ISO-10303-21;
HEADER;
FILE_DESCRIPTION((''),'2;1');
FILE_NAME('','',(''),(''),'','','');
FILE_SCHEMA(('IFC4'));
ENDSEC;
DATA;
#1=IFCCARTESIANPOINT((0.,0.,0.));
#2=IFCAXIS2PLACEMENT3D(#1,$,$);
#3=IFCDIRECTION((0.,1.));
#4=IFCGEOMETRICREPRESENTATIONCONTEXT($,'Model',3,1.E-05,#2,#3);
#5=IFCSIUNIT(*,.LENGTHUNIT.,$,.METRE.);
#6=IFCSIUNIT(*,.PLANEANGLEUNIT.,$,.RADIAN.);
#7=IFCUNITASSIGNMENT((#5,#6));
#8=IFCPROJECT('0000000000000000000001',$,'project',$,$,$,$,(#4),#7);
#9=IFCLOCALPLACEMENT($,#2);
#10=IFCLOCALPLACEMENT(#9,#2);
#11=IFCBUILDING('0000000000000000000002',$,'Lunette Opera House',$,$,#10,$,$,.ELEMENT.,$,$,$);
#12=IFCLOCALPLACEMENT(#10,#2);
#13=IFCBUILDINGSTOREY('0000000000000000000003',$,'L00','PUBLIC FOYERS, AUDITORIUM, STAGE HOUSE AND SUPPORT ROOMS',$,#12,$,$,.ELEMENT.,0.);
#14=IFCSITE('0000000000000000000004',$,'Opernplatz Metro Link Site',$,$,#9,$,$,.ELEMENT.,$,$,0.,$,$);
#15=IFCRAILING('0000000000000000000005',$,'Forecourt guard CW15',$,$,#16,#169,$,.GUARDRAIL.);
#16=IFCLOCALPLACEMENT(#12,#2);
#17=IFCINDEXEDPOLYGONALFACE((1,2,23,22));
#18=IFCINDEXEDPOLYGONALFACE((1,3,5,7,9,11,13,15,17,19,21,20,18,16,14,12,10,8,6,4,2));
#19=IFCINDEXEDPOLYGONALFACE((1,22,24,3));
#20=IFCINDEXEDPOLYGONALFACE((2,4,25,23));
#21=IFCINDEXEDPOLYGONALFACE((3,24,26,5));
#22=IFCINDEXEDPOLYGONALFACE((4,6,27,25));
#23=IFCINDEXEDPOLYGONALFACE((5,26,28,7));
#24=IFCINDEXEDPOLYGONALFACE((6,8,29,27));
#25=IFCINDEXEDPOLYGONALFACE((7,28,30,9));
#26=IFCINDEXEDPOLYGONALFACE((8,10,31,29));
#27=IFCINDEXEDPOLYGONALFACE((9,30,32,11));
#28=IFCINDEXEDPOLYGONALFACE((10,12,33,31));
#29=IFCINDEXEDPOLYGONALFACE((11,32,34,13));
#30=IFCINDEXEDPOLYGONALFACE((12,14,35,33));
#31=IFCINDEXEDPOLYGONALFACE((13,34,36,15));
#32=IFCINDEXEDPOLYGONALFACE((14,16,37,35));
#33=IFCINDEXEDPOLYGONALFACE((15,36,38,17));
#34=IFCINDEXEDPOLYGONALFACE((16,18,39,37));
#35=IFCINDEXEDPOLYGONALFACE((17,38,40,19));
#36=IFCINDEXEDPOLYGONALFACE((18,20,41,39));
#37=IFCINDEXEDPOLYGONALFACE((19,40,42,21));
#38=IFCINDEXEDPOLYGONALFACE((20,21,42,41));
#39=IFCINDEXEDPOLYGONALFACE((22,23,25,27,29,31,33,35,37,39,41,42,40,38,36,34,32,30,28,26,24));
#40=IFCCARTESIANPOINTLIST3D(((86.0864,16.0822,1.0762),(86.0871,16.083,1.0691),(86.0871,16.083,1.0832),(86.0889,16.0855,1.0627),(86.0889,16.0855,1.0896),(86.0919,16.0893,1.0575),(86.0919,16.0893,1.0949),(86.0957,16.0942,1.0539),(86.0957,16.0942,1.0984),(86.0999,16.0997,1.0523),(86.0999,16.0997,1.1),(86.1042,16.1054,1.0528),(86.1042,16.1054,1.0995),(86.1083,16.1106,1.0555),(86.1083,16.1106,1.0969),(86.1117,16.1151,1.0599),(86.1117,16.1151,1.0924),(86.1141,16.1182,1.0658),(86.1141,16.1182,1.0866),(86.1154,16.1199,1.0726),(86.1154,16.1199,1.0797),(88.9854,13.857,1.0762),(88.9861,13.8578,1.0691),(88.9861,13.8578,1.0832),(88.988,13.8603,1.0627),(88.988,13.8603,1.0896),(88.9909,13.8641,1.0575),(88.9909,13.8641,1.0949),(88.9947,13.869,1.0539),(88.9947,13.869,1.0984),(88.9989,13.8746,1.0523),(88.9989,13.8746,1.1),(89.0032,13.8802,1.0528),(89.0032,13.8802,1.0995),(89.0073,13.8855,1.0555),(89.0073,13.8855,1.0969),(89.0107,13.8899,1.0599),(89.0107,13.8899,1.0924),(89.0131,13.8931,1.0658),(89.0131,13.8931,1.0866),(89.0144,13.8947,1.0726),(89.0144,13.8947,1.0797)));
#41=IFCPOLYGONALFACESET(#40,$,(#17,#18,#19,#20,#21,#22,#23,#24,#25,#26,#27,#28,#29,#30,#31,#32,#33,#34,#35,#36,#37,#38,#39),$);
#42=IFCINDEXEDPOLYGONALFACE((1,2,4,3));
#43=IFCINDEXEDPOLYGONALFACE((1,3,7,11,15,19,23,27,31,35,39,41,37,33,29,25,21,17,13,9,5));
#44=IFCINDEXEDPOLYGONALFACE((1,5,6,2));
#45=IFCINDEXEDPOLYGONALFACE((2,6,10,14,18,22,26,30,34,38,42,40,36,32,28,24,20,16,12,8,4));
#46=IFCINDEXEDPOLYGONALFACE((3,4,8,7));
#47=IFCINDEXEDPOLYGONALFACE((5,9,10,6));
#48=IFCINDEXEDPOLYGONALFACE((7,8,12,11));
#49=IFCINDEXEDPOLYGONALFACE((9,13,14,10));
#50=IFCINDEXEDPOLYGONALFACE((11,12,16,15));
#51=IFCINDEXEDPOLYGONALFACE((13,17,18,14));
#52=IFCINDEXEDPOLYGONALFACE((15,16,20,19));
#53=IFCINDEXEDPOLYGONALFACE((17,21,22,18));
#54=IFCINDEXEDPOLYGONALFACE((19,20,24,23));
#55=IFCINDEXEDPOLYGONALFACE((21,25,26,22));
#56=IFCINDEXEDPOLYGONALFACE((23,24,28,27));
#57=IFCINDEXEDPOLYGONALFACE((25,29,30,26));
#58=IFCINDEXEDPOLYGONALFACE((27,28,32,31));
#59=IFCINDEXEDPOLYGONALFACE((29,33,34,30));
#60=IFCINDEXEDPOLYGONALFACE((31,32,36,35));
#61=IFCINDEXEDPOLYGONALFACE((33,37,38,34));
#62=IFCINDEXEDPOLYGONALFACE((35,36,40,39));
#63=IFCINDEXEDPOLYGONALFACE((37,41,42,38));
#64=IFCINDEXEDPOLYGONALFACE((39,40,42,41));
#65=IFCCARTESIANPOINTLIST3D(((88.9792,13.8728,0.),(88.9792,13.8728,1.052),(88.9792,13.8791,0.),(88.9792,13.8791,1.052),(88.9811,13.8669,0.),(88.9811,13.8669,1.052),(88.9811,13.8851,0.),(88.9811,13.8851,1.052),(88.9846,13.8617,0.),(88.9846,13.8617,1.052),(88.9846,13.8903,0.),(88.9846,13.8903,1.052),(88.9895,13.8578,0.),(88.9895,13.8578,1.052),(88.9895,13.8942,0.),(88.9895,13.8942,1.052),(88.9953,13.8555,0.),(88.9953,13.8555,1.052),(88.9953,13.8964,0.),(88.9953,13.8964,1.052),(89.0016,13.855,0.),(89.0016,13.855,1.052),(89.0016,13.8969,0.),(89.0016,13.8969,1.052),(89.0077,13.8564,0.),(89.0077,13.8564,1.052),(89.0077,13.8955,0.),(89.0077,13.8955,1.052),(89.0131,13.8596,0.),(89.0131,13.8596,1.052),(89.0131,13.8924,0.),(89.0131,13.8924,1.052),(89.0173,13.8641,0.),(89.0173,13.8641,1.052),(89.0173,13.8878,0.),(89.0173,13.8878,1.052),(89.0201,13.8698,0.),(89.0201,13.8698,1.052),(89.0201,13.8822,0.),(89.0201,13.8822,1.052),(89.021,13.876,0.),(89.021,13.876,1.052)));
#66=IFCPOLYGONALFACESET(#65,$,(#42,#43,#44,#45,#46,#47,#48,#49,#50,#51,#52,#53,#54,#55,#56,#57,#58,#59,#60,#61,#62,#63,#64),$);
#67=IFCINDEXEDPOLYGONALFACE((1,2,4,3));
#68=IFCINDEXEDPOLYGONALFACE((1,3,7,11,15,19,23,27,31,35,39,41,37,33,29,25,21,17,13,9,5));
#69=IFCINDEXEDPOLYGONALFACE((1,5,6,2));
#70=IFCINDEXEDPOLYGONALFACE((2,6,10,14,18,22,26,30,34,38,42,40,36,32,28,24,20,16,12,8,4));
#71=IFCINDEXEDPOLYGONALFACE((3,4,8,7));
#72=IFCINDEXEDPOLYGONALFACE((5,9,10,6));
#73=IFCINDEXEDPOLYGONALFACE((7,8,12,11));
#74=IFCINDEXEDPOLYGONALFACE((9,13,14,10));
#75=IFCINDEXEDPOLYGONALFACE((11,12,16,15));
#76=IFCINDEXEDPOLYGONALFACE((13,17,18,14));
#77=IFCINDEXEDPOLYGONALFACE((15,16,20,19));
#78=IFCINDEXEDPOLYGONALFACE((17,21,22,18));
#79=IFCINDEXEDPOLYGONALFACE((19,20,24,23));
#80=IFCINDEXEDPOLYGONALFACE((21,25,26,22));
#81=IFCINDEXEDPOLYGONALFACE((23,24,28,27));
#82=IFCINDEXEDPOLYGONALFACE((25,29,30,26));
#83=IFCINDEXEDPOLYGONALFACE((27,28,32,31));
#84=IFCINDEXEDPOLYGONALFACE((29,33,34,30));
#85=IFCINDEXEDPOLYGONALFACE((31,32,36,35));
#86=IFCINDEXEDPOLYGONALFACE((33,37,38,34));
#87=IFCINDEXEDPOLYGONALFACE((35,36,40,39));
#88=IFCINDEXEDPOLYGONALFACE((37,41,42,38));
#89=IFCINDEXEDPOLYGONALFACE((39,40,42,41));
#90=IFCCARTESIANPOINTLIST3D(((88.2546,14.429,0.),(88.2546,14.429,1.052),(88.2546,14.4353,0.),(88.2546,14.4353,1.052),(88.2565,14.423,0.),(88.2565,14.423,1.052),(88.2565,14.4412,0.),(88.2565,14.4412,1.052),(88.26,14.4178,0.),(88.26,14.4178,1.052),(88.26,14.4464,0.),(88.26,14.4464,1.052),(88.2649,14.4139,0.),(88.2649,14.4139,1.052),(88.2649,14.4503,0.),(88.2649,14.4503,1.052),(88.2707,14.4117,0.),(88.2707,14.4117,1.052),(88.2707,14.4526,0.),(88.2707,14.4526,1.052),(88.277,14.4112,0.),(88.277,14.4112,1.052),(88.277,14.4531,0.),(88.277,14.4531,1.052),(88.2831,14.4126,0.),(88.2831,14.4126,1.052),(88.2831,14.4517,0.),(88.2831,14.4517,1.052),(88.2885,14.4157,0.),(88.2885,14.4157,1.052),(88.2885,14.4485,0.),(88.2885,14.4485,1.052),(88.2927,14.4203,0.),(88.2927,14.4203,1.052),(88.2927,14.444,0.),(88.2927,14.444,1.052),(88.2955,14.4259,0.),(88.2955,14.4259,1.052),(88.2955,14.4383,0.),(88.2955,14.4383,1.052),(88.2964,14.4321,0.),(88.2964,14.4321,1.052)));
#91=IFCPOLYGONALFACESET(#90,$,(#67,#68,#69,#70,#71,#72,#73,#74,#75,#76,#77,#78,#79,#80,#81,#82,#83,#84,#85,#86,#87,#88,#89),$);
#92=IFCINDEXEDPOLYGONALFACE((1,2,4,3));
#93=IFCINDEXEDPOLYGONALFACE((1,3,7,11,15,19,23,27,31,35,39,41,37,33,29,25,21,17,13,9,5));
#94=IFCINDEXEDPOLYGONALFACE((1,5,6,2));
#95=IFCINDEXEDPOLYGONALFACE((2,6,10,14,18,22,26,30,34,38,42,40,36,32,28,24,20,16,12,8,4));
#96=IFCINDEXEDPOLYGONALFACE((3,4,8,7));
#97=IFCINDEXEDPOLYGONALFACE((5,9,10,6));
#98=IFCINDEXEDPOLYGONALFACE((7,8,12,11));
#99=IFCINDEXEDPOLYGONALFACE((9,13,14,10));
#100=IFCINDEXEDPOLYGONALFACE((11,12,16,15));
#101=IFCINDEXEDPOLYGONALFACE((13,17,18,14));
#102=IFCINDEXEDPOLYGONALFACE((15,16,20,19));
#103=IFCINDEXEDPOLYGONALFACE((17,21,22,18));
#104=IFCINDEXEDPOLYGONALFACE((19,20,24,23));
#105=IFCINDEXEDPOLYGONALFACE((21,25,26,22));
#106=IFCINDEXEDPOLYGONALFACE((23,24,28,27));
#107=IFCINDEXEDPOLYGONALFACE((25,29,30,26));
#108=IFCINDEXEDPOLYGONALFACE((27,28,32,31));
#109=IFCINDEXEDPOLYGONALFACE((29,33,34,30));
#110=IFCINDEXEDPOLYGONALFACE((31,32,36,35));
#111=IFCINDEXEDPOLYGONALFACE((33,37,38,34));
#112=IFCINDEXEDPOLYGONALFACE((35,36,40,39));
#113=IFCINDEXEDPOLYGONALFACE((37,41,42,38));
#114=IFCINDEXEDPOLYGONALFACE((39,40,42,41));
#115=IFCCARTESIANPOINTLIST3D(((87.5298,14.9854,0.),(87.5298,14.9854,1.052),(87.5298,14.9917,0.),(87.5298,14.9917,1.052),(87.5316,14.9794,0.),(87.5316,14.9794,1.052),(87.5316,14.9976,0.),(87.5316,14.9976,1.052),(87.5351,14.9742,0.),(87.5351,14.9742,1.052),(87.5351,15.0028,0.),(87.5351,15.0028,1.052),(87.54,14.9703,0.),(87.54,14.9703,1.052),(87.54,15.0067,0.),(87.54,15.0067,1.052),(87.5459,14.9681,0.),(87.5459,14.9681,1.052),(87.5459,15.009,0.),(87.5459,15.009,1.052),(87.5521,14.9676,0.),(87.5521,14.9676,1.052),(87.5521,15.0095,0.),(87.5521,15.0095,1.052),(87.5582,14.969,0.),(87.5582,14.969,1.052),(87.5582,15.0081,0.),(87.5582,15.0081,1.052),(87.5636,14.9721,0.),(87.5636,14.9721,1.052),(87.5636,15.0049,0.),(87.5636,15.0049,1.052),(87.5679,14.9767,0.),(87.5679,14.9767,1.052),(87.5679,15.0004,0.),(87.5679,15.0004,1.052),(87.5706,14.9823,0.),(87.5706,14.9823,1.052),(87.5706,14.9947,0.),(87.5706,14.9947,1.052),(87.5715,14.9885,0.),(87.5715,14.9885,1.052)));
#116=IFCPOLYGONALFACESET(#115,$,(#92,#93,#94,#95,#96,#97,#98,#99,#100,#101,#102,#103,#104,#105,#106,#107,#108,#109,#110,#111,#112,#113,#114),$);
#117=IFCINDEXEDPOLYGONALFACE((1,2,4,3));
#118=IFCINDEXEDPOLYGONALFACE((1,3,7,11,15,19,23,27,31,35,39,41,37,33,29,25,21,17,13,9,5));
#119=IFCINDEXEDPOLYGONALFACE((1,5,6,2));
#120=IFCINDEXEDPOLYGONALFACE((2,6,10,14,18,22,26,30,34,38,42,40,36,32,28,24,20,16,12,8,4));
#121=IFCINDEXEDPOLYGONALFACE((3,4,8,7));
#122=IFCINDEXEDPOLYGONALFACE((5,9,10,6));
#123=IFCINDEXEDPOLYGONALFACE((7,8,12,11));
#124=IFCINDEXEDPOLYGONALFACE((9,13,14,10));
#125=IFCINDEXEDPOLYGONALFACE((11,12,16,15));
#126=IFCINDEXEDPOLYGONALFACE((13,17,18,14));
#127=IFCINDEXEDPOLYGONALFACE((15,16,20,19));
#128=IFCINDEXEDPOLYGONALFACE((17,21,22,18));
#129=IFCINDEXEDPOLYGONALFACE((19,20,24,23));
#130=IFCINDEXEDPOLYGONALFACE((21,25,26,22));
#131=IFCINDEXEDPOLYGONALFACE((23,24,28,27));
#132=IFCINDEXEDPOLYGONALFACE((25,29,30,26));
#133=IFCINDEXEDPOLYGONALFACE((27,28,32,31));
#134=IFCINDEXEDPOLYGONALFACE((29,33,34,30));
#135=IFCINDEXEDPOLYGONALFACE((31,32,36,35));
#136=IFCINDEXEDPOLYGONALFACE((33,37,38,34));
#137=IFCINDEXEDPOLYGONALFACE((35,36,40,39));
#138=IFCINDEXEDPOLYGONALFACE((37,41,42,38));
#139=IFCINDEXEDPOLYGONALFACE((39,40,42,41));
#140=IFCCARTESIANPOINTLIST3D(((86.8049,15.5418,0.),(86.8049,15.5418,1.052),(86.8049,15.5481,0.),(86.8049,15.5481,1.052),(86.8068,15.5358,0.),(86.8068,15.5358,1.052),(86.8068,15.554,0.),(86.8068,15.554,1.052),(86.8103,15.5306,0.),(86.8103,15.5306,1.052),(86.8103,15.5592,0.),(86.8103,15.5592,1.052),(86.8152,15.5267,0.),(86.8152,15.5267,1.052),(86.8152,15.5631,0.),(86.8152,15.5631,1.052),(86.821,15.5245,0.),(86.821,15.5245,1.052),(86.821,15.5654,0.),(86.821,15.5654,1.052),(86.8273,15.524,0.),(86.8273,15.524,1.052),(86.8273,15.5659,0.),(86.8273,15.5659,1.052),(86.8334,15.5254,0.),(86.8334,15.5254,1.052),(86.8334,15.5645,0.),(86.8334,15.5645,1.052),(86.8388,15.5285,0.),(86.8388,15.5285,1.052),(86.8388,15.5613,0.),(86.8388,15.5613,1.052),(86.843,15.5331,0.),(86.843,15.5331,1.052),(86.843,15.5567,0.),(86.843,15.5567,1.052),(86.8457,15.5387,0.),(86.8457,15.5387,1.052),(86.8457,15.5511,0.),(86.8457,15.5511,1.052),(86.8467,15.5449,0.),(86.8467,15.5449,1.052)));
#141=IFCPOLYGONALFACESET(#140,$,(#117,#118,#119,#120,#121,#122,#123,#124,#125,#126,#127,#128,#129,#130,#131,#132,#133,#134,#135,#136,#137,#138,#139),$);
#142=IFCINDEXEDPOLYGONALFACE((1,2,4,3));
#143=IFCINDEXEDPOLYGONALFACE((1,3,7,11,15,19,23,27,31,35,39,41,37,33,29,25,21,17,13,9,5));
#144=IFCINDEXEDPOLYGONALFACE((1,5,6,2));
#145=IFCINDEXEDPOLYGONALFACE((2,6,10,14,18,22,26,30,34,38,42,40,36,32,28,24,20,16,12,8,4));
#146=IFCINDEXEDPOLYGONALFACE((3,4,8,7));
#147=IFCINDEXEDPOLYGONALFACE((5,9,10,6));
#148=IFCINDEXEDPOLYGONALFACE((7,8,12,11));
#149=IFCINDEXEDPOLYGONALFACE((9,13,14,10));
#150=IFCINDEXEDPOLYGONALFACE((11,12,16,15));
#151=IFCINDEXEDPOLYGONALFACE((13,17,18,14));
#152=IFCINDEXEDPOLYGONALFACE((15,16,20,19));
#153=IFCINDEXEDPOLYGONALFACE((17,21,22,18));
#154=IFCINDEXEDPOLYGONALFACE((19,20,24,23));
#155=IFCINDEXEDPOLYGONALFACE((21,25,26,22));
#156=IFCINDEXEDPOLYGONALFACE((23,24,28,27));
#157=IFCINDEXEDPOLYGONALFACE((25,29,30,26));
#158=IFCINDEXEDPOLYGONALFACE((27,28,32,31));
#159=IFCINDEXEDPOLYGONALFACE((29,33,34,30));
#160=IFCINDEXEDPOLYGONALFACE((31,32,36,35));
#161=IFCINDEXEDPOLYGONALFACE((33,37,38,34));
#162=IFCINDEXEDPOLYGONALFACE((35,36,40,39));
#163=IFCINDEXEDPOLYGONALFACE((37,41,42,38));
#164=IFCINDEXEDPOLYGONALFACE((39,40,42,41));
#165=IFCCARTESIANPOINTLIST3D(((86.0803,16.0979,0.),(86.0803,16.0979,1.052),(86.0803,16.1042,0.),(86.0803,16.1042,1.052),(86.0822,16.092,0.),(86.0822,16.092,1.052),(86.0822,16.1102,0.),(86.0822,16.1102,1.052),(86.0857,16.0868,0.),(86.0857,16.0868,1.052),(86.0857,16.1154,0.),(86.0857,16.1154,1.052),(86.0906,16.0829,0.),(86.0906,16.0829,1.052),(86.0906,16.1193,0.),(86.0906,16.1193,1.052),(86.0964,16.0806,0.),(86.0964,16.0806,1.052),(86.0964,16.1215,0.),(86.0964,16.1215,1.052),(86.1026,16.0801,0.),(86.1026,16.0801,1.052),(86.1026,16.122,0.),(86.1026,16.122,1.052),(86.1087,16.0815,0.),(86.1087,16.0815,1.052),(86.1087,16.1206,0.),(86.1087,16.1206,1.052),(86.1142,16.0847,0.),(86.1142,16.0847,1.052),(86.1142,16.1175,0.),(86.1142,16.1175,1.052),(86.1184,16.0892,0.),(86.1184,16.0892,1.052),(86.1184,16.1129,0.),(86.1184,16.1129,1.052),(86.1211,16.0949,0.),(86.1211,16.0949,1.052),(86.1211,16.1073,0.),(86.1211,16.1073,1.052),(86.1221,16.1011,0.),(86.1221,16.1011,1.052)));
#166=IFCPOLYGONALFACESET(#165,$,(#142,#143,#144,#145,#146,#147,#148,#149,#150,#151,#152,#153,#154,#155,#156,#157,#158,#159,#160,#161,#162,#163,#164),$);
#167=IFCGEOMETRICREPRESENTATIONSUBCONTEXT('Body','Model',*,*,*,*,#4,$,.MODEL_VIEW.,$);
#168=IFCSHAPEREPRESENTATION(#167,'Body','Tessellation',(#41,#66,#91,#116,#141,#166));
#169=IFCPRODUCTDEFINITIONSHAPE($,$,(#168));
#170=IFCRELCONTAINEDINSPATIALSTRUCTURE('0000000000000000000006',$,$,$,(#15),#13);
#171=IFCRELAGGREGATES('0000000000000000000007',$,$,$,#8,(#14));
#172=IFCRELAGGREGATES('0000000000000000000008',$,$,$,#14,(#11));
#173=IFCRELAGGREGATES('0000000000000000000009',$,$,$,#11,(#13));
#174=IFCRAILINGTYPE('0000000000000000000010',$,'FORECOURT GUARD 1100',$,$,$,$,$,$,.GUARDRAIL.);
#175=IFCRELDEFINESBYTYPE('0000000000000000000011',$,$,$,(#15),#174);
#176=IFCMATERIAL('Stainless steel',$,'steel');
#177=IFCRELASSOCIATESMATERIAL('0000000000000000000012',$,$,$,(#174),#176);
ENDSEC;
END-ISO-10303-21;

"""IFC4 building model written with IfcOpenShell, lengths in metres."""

from ifc_helpers import new_model, si_unit, direction, frame, origin, origin_2d, place, context, subcontext, project, spatial, circle, extrude, material, type_object, element, save


model = new_model("IFC4")

# Units and contexts
model_context = context("Model", 3, precision=1e-05, world=origin(), true_north=direction((0.0, 1.0)))
body_context = subcontext(model_context, "Body", "Model", "MODEL_VIEW")
ifc_project = project(units=[si_unit("LENGTHUNIT", "METRE"), si_unit("PLANEANGLEUNIT", "RADIAN")], contexts=[model_context])

# Site, building, storey
site_placement = place(None, origin())
site = spatial("IfcSite", under=ifc_project, at=site_placement, Name="Opernplatz Metro Link Site", CompositionType="ELEMENT", RefElevation=0.0)
building_placement = place(site_placement, origin())
building = spatial("IfcBuilding", under=site, at=building_placement, Name="Lunette Opera House", CompositionType="ELEMENT")
storey_placement = place(building_placement, origin())
storey = spatial("IfcBuildingStorey", under=building, at=storey_placement, Name="L00", Description="PUBLIC FOYERS, AUDITORIUM, STAGE HOUSE AND SUPPORT ROOMS", CompositionType="ELEMENT", Elevation=0.0)

# Railing
ifc_material_1 = material(Name="Stainless steel", Category="steel")
railing_type = type_object("IfcRailingType", Name="FORECOURT GUARD 1100", PredefinedType="GUARDRAIL", material=ifc_material_1)
railing_1_placement = place(storey_placement, frame((89.0, 13.876, 0.0)))
element("IfcRailing", 1, at=railing_1_placement, inside=storey, type_object=railing_type, Name="Forecourt guard CW15", PredefinedType="GUARDRAIL", context=body_context, shape_type="SweptSolid", body=[
    extrude(circle(Radius=0.0239, at=origin_2d()), frame((0.0, 0.0, 1.0762), z_axis=(-0.793264, 0.608877, 0.0), x_axis=(-0.608877, -0.793264, 0.0)), (0.0, 0.0, 1.0), 3.6545),
    extrude(circle(Radius=0.021, at=origin_2d()), origin(), (0.0, 0.0, 1.0), 1.052),
    extrude(circle(Radius=0.021, at=origin_2d()), frame((-0.7246, 0.5562, 0.0)), (0.0, 0.0, 1.0), 1.052),
    extrude(circle(Radius=0.021, at=origin_2d()), frame((-1.4495, 1.1125, 0.0)), (0.0, 0.0, 1.0), 1.052),
    extrude(circle(Radius=0.021, at=origin_2d()), frame((-2.1743, 1.6689, 0.0)), (0.0, 0.0, 1.0), 1.052),
    extrude(circle(Radius=0.021, at=origin_2d()), frame((-2.8989, 2.2251, 0.0)), (0.0, 0.0, 1.0), 1.052),
])

save(model, "model.ifc")
